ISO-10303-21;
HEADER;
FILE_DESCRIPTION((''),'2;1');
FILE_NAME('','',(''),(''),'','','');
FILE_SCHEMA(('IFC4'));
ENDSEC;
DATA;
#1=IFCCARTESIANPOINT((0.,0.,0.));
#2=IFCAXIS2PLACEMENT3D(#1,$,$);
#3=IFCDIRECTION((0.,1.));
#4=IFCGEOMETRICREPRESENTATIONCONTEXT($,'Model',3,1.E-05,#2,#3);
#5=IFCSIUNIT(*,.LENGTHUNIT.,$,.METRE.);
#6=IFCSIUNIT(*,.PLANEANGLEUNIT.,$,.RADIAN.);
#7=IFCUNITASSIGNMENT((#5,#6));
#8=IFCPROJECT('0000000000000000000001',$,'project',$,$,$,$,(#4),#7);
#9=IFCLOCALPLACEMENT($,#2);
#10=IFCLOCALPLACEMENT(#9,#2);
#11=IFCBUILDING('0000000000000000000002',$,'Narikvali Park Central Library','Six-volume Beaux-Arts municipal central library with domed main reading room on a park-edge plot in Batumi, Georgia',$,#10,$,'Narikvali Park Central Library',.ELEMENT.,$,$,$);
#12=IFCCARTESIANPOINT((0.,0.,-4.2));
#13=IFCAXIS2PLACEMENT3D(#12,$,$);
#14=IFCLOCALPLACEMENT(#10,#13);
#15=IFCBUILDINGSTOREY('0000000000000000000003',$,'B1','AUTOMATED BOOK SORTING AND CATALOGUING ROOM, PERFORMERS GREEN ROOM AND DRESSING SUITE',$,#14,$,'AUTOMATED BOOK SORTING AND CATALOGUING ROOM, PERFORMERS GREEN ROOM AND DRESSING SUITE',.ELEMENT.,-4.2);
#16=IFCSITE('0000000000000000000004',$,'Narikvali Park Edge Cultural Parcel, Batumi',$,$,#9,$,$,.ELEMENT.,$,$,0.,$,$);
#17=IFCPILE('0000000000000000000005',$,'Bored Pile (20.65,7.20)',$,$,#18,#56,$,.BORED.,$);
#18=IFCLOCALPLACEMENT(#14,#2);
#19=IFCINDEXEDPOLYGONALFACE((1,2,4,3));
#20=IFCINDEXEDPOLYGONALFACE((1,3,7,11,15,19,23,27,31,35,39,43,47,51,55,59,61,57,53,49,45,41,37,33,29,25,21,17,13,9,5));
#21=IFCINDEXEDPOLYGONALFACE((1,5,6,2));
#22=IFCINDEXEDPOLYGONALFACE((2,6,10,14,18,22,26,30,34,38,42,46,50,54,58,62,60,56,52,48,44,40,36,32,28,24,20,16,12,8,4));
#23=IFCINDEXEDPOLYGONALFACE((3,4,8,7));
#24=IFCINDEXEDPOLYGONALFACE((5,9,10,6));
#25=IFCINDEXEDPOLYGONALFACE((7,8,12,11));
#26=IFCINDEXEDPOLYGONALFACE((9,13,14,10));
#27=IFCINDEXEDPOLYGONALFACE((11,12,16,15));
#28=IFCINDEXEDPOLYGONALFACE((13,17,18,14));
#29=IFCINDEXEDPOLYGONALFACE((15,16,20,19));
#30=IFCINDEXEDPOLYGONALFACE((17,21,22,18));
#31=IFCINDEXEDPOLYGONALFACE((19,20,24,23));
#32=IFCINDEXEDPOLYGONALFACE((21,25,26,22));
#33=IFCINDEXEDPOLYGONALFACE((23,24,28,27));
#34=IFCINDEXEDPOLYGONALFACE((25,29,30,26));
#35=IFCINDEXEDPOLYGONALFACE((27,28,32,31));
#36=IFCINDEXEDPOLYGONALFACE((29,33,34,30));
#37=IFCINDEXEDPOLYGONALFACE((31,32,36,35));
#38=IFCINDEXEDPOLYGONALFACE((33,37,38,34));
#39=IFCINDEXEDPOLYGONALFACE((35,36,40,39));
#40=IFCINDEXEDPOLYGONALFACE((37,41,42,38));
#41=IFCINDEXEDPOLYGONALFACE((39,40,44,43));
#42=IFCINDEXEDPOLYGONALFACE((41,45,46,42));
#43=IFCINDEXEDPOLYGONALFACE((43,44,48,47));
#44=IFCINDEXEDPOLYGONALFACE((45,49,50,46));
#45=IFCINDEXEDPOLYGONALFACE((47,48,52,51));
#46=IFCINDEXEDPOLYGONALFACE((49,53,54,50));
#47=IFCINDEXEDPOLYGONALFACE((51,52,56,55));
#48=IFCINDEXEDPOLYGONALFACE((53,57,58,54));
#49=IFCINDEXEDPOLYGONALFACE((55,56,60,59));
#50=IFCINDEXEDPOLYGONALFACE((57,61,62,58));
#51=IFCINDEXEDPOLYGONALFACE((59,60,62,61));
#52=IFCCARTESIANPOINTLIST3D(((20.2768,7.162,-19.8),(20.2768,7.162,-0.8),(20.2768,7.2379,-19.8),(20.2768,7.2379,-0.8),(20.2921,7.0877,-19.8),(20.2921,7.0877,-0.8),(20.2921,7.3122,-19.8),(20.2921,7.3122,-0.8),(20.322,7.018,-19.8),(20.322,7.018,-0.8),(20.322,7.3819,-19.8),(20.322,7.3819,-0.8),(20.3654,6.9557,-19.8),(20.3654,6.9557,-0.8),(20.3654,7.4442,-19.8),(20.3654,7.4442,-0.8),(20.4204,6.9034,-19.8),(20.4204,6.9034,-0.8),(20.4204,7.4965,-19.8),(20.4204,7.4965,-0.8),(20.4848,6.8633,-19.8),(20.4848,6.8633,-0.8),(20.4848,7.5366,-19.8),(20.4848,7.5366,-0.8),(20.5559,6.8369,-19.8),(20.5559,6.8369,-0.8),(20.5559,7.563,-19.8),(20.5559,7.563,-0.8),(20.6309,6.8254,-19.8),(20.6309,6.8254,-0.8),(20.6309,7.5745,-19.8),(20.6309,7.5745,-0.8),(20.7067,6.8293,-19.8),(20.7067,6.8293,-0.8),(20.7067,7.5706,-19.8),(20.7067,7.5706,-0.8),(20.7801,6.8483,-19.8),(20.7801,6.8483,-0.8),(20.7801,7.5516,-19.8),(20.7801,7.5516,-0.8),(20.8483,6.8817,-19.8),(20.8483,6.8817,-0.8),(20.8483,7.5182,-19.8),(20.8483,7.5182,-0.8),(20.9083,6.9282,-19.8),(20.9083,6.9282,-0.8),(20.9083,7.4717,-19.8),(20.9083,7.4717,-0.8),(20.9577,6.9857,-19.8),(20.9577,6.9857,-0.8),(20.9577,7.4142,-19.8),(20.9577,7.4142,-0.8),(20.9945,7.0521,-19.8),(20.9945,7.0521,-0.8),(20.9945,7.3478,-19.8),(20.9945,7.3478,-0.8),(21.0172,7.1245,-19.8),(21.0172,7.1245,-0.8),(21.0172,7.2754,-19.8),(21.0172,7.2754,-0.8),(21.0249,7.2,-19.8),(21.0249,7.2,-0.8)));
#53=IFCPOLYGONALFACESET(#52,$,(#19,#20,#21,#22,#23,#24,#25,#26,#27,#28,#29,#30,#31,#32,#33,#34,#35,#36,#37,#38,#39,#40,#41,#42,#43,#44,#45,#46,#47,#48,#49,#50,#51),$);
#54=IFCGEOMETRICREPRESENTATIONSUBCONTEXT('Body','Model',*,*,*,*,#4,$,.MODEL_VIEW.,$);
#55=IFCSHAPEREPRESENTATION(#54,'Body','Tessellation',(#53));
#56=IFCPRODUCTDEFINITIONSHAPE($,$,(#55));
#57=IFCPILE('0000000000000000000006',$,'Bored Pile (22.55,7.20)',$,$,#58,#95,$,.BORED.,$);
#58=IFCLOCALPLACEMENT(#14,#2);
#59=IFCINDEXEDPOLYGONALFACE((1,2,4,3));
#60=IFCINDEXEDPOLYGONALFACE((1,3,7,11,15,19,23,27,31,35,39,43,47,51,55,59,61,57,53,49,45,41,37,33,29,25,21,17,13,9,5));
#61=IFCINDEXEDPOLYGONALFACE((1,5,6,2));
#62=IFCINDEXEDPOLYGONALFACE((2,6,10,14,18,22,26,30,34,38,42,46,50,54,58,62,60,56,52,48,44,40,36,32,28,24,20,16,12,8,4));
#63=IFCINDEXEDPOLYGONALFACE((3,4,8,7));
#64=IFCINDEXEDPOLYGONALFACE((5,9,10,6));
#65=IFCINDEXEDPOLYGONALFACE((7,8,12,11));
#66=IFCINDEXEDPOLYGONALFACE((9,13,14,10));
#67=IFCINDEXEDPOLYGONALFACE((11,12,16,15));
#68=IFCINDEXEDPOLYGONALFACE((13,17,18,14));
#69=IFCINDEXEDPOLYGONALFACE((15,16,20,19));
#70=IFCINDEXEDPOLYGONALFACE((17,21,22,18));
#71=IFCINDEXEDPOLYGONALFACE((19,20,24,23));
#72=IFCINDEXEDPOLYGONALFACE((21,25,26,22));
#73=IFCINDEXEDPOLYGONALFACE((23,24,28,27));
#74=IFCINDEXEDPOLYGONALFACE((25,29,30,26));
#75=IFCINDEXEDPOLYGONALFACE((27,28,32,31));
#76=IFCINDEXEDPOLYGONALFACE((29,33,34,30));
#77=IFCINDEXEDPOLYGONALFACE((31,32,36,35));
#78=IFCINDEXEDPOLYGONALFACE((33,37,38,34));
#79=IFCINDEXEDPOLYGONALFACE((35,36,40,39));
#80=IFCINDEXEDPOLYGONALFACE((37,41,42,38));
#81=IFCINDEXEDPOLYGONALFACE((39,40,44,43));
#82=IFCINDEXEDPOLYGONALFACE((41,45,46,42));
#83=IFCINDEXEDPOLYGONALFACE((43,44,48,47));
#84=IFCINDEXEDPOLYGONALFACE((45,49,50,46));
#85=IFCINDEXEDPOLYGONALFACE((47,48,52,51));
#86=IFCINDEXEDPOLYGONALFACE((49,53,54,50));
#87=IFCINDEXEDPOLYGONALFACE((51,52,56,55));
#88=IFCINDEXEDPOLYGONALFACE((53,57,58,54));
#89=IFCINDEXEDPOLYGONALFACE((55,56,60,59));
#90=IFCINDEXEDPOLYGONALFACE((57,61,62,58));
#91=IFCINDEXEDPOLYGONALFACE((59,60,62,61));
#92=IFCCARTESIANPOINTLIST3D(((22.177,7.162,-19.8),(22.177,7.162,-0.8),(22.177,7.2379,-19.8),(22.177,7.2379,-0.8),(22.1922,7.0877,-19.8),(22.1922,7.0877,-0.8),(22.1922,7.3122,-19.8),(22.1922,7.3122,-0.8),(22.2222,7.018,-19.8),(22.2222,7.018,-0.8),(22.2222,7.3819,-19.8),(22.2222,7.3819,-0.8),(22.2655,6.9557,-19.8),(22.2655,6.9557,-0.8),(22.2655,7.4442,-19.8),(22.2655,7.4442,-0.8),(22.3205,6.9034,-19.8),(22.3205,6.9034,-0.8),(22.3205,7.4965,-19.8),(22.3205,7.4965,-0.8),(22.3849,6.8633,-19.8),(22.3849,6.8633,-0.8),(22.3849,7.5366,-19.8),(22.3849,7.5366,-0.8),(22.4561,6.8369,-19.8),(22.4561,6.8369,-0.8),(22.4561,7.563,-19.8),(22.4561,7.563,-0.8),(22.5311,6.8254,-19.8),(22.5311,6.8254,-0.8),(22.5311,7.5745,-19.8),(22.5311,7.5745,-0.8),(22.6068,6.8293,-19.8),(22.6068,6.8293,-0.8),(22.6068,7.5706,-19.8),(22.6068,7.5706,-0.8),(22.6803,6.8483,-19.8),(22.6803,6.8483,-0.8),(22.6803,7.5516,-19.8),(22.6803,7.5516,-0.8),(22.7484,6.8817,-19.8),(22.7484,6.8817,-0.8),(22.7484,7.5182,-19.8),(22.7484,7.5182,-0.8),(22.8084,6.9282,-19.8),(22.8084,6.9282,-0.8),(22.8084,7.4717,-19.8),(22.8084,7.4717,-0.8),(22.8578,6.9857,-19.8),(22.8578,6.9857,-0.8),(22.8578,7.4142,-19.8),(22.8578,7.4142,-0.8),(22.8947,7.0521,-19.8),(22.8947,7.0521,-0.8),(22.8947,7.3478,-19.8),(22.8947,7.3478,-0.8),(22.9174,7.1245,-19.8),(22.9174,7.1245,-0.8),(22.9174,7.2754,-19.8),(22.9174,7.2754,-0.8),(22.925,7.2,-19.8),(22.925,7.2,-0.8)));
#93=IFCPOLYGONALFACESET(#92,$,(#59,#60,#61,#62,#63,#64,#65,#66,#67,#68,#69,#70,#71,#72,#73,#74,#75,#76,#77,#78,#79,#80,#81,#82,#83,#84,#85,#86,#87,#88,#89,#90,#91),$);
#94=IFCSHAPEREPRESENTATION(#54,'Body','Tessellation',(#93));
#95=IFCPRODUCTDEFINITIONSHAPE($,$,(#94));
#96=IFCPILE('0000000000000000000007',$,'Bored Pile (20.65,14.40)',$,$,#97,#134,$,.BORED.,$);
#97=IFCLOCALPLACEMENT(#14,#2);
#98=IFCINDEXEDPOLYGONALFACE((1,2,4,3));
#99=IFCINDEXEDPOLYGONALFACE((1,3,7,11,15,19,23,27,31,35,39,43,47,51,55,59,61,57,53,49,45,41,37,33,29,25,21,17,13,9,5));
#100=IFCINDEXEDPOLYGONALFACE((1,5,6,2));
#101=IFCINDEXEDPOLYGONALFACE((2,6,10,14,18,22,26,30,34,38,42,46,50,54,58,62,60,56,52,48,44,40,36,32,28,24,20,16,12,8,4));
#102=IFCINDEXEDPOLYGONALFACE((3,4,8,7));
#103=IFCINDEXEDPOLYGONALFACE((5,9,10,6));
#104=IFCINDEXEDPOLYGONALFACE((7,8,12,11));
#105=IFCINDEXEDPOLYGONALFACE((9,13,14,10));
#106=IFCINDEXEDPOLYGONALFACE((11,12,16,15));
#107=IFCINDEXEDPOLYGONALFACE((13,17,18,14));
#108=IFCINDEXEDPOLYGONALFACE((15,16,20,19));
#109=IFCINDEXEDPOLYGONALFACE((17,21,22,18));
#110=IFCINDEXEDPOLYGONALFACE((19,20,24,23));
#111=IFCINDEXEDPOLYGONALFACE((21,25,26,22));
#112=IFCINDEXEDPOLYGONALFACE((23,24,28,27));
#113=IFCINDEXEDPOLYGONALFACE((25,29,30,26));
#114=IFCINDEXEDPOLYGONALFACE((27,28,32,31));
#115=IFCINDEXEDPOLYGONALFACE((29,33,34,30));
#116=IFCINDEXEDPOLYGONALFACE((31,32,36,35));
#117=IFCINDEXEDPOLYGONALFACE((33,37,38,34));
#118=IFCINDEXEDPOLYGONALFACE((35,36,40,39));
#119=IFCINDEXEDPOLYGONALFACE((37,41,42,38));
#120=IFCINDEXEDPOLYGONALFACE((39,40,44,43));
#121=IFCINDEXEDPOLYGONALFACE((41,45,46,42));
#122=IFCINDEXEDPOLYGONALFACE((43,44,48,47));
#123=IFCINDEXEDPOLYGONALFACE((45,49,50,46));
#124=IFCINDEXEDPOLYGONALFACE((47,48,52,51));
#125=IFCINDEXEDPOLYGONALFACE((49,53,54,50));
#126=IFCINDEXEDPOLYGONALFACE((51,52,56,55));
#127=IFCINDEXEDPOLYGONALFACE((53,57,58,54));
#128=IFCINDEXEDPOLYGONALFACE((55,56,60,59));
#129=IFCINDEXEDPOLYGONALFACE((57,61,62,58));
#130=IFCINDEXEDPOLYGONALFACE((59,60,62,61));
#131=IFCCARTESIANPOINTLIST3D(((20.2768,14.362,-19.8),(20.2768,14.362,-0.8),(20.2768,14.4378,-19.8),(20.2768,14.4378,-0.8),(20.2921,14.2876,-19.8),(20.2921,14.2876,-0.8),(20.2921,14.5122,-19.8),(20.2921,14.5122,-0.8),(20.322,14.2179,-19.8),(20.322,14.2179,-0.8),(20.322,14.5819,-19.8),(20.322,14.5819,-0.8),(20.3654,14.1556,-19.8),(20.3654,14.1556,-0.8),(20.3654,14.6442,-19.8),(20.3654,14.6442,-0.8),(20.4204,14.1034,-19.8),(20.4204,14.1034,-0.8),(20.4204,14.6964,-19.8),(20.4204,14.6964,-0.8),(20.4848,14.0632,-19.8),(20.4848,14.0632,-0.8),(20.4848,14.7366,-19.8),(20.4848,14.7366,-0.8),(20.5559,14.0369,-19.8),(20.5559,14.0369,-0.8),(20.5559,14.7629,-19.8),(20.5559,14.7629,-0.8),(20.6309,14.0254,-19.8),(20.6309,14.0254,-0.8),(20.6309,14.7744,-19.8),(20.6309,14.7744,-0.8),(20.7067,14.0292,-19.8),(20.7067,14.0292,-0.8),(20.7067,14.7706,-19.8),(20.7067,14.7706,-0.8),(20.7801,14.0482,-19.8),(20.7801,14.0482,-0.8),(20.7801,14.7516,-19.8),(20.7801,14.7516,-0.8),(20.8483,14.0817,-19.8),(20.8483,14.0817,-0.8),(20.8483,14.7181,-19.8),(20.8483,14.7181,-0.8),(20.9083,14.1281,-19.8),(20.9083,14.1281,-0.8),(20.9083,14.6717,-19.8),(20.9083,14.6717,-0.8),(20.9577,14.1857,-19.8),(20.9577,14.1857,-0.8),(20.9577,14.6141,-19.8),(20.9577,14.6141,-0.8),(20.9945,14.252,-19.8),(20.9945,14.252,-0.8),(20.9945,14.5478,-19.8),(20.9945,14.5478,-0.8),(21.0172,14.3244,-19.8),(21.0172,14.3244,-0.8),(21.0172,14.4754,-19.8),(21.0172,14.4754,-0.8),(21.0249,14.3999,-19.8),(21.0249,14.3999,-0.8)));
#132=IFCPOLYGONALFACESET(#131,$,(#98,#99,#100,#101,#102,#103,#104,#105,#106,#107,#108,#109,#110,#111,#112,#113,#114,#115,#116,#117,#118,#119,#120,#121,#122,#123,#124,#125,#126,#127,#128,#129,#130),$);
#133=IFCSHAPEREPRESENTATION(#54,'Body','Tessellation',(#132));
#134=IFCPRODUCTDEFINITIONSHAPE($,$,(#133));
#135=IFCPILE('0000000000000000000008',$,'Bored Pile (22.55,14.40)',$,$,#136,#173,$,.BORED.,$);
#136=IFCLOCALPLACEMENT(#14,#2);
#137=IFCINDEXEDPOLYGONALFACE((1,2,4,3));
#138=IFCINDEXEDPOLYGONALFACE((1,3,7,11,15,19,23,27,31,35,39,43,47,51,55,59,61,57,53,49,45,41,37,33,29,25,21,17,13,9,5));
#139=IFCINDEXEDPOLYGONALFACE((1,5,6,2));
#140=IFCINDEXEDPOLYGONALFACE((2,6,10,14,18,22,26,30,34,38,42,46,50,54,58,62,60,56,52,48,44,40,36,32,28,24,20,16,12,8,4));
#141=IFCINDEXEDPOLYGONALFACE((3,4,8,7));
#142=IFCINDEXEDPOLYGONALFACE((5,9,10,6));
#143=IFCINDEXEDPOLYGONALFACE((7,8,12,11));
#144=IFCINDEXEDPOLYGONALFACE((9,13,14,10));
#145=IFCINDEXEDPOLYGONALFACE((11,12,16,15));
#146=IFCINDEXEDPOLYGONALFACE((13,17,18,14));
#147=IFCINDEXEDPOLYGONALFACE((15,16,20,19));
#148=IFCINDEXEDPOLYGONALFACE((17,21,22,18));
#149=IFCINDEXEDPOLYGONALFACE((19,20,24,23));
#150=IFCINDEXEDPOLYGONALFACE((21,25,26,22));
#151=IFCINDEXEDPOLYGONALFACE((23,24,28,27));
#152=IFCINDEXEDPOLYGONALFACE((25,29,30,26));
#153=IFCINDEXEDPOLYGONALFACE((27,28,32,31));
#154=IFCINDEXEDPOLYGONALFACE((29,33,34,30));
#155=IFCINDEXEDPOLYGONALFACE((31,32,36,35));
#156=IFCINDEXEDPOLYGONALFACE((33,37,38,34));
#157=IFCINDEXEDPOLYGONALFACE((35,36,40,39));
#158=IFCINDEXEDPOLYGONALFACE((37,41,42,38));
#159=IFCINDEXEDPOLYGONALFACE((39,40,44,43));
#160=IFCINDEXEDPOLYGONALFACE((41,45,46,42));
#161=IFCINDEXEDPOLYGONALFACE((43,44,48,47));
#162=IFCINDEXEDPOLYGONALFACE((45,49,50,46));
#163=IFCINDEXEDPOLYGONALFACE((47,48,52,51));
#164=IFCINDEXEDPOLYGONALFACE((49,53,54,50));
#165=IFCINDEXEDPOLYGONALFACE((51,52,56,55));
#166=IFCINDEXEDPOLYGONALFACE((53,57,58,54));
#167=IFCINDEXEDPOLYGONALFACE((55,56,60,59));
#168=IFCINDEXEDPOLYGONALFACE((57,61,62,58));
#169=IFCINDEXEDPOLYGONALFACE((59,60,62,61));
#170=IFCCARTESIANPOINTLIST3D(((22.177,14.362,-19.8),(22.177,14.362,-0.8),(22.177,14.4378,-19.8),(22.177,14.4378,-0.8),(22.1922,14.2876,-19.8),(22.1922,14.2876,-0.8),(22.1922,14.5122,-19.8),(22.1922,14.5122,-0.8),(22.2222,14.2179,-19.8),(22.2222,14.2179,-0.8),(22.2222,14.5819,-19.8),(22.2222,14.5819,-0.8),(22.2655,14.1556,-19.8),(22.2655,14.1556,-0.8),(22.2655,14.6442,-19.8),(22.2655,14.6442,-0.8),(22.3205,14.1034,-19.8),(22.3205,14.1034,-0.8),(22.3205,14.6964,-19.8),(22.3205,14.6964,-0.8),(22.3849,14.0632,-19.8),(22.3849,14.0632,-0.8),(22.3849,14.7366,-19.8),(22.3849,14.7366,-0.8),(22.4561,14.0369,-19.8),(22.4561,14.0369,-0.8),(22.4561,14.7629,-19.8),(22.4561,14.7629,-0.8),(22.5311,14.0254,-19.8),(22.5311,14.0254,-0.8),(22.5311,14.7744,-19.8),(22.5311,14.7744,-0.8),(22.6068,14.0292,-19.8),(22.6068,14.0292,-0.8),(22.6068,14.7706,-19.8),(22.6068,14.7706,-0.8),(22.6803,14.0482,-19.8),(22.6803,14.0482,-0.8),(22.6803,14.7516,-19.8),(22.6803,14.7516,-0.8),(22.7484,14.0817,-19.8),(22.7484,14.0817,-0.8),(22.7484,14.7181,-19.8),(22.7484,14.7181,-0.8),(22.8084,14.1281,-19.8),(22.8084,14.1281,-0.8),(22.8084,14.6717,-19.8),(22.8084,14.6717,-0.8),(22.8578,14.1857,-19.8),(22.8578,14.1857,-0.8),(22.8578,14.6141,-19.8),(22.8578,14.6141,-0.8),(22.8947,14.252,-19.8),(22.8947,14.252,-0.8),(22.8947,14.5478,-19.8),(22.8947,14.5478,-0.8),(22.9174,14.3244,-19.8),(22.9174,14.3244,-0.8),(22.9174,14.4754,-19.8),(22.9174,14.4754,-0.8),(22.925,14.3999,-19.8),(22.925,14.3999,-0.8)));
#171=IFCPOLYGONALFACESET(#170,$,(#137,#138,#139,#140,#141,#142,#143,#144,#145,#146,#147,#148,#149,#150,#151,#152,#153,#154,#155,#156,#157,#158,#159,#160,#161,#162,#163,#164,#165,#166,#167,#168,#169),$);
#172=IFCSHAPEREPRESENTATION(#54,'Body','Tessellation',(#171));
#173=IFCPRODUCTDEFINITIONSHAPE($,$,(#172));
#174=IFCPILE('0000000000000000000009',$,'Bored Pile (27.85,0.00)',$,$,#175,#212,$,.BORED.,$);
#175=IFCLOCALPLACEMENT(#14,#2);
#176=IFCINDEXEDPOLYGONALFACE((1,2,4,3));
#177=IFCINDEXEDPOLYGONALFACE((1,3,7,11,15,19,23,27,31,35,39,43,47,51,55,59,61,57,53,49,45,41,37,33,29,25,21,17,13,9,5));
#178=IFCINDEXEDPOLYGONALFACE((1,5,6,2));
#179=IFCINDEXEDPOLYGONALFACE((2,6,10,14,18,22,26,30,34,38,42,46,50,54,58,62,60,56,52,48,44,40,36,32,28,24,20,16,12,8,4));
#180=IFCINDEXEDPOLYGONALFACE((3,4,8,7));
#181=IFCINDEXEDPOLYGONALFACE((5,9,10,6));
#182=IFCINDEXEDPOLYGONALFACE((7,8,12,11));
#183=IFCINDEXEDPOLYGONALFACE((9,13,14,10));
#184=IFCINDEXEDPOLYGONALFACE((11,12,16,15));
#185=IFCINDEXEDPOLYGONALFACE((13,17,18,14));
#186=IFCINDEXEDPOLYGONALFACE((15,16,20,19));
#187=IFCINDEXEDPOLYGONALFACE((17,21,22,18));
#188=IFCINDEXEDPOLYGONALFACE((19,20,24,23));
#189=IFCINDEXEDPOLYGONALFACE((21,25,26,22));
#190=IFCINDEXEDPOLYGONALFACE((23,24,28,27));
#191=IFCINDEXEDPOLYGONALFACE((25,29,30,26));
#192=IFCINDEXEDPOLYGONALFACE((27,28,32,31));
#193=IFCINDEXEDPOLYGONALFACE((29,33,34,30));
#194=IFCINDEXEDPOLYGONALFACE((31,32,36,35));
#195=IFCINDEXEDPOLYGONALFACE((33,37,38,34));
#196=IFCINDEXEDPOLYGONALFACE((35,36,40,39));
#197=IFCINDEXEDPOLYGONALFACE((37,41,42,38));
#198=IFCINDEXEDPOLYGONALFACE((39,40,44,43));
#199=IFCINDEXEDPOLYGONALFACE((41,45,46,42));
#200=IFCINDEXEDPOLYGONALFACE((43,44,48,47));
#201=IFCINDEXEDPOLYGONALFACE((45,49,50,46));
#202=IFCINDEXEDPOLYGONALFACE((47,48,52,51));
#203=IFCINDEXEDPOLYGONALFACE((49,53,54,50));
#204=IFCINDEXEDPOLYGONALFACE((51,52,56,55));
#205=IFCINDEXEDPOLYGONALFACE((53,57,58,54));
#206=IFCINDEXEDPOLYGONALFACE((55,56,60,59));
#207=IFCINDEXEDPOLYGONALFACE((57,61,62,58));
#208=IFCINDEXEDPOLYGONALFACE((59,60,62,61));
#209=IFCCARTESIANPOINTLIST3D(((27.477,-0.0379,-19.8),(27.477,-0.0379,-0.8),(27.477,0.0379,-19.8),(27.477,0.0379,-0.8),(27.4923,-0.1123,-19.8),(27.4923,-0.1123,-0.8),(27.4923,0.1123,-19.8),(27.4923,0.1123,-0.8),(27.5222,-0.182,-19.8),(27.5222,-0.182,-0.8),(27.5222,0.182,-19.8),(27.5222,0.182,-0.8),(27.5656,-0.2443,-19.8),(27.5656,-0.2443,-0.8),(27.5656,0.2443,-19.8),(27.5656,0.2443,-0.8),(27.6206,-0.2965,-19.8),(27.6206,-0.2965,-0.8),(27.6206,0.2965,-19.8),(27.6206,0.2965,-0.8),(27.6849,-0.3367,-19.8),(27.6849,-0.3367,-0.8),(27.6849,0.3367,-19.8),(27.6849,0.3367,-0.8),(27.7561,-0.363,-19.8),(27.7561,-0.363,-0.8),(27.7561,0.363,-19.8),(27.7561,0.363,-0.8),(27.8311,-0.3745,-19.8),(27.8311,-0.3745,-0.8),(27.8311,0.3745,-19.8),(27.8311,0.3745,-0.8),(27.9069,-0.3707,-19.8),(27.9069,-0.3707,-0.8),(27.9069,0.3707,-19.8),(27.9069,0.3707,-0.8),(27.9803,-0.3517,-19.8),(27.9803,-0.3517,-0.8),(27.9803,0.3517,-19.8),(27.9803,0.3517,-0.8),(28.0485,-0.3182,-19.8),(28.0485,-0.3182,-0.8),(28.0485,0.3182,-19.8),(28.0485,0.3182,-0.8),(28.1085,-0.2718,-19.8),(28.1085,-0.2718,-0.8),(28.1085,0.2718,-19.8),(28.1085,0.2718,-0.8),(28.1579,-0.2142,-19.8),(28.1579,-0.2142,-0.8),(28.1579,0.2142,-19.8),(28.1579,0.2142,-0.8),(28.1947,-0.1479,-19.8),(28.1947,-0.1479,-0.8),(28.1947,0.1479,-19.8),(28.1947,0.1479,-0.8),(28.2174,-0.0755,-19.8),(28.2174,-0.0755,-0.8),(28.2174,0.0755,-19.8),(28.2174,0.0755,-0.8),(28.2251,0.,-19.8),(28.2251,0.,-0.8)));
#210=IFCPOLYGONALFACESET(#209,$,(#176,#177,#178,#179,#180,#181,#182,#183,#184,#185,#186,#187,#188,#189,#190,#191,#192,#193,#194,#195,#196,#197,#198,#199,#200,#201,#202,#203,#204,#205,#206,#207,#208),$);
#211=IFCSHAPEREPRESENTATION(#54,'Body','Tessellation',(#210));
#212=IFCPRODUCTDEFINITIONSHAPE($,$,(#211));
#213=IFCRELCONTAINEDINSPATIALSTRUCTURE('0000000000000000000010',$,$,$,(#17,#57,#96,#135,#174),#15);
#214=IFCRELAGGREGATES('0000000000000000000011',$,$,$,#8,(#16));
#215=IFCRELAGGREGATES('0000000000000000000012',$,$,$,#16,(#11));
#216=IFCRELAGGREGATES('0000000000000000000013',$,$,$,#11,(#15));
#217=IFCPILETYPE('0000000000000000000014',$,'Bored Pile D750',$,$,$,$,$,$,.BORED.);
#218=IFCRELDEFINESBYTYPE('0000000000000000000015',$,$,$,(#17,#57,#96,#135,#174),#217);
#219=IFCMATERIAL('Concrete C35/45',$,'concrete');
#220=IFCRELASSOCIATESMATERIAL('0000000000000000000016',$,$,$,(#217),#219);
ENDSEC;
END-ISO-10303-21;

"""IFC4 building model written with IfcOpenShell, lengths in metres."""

from ifc_helpers import new_model, si_unit, direction, frame, origin, origin_2d, place, context, subcontext, project, spatial, circle, extrude, material, material_profile, profile_set, type_object, element, save


model = new_model("IFC4")

# Units and contexts
model_context = context("Model", 3, precision=1e-05, world=origin(), true_north=direction((0.0, 1.0)))
body_context = subcontext(model_context, "Body", "Model", "MODEL_VIEW")
ifc_project = project(units=[si_unit("LENGTHUNIT", "METRE"), si_unit("PLANEANGLEUNIT", "RADIAN")], contexts=[model_context])

# Site, building, storey
site_placement = place(None, origin())
site = spatial("IfcSite", under=ifc_project, at=site_placement, Name="Narikvali Park Edge Cultural Parcel, Batumi", CompositionType="ELEMENT", RefElevation=0.0)
building_placement = place(site_placement, origin())
building = spatial("IfcBuilding", under=site, at=building_placement, Name="Narikvali Park Central Library", Description="Six-volume Beaux-Arts municipal central library with domed main reading room on a park-edge plot in Batumi, Georgia", LongName="Narikvali Park Central Library", CompositionType="ELEMENT")
storey_placement = place(building_placement, frame((0.0, 0.0, -4.2)))
storey = spatial("IfcBuildingStorey", under=building, at=storey_placement, Name="B1", Description="AUTOMATED BOOK SORTING AND CATALOGUING ROOM, PERFORMERS GREEN ROOM AND DRESSING SUITE", LongName="AUTOMATED BOOK SORTING AND CATALOGUING ROOM, PERFORMERS GREEN ROOM AND DRESSING SUITE", CompositionType="ELEMENT", Elevation=-4.2)

# Piles
ifc_material_1 = material(Name="Concrete C35/45", Category="concrete")
ifc_material_profile_1 = material_profile(ifc_material_1, circle(Radius=0.375, at=origin_2d()), Name="PILE D750")
ifc_profile_set_1 = profile_set([ifc_material_profile_1], Name="Concrete C35/45")
pile_type = type_object("IfcPileType", Name="Bored Pile D750", PredefinedType="BORED", material=ifc_profile_set_1)
for number, where, z_axis, x_axis, name in (
    (1, (20.6499, 7.2, -0.8), (0.0, 0.0, -1.0), (1.0, 0.0, 0.0), "Bored Pile (20.65,7.20)"),
    (2, (22.55, 7.2, -0.8), (0.0, 0.0, -1.0), (1.0, 0.0, 0.0), "Bored Pile (22.55,7.20)"),
    (3, (20.6499, 14.3999, -0.8), (0.0, 0.0, -1.0), (1.0, 0.0, 0.0), "Bored Pile (20.65,14.40)"),
    (4, (22.55, 14.3999, -0.8), (0.0, 0.0, -1.0), (1.0, 0.0, 0.0), "Bored Pile (22.55,14.40)"),
    (5, (27.8501, 0.0, -0.8), (0.0, 0.0, -1.0), (1.0, 0.0, 0.0), "Bored Pile (27.85,0.00)"),
):
    element("IfcPile", number, at=place(storey_placement, frame(where, z_axis=z_axis, x_axis=x_axis)), inside=storey, type_object=pile_type, Name=name, PredefinedType="BORED", context=body_context, shape_type="SweptSolid", body=[
        extrude(circle(Radius=0.375, at=origin_2d()), origin(), (0.0, 0.0, 1.0), 19.0),
    ])

save(model, "model.ifc")
